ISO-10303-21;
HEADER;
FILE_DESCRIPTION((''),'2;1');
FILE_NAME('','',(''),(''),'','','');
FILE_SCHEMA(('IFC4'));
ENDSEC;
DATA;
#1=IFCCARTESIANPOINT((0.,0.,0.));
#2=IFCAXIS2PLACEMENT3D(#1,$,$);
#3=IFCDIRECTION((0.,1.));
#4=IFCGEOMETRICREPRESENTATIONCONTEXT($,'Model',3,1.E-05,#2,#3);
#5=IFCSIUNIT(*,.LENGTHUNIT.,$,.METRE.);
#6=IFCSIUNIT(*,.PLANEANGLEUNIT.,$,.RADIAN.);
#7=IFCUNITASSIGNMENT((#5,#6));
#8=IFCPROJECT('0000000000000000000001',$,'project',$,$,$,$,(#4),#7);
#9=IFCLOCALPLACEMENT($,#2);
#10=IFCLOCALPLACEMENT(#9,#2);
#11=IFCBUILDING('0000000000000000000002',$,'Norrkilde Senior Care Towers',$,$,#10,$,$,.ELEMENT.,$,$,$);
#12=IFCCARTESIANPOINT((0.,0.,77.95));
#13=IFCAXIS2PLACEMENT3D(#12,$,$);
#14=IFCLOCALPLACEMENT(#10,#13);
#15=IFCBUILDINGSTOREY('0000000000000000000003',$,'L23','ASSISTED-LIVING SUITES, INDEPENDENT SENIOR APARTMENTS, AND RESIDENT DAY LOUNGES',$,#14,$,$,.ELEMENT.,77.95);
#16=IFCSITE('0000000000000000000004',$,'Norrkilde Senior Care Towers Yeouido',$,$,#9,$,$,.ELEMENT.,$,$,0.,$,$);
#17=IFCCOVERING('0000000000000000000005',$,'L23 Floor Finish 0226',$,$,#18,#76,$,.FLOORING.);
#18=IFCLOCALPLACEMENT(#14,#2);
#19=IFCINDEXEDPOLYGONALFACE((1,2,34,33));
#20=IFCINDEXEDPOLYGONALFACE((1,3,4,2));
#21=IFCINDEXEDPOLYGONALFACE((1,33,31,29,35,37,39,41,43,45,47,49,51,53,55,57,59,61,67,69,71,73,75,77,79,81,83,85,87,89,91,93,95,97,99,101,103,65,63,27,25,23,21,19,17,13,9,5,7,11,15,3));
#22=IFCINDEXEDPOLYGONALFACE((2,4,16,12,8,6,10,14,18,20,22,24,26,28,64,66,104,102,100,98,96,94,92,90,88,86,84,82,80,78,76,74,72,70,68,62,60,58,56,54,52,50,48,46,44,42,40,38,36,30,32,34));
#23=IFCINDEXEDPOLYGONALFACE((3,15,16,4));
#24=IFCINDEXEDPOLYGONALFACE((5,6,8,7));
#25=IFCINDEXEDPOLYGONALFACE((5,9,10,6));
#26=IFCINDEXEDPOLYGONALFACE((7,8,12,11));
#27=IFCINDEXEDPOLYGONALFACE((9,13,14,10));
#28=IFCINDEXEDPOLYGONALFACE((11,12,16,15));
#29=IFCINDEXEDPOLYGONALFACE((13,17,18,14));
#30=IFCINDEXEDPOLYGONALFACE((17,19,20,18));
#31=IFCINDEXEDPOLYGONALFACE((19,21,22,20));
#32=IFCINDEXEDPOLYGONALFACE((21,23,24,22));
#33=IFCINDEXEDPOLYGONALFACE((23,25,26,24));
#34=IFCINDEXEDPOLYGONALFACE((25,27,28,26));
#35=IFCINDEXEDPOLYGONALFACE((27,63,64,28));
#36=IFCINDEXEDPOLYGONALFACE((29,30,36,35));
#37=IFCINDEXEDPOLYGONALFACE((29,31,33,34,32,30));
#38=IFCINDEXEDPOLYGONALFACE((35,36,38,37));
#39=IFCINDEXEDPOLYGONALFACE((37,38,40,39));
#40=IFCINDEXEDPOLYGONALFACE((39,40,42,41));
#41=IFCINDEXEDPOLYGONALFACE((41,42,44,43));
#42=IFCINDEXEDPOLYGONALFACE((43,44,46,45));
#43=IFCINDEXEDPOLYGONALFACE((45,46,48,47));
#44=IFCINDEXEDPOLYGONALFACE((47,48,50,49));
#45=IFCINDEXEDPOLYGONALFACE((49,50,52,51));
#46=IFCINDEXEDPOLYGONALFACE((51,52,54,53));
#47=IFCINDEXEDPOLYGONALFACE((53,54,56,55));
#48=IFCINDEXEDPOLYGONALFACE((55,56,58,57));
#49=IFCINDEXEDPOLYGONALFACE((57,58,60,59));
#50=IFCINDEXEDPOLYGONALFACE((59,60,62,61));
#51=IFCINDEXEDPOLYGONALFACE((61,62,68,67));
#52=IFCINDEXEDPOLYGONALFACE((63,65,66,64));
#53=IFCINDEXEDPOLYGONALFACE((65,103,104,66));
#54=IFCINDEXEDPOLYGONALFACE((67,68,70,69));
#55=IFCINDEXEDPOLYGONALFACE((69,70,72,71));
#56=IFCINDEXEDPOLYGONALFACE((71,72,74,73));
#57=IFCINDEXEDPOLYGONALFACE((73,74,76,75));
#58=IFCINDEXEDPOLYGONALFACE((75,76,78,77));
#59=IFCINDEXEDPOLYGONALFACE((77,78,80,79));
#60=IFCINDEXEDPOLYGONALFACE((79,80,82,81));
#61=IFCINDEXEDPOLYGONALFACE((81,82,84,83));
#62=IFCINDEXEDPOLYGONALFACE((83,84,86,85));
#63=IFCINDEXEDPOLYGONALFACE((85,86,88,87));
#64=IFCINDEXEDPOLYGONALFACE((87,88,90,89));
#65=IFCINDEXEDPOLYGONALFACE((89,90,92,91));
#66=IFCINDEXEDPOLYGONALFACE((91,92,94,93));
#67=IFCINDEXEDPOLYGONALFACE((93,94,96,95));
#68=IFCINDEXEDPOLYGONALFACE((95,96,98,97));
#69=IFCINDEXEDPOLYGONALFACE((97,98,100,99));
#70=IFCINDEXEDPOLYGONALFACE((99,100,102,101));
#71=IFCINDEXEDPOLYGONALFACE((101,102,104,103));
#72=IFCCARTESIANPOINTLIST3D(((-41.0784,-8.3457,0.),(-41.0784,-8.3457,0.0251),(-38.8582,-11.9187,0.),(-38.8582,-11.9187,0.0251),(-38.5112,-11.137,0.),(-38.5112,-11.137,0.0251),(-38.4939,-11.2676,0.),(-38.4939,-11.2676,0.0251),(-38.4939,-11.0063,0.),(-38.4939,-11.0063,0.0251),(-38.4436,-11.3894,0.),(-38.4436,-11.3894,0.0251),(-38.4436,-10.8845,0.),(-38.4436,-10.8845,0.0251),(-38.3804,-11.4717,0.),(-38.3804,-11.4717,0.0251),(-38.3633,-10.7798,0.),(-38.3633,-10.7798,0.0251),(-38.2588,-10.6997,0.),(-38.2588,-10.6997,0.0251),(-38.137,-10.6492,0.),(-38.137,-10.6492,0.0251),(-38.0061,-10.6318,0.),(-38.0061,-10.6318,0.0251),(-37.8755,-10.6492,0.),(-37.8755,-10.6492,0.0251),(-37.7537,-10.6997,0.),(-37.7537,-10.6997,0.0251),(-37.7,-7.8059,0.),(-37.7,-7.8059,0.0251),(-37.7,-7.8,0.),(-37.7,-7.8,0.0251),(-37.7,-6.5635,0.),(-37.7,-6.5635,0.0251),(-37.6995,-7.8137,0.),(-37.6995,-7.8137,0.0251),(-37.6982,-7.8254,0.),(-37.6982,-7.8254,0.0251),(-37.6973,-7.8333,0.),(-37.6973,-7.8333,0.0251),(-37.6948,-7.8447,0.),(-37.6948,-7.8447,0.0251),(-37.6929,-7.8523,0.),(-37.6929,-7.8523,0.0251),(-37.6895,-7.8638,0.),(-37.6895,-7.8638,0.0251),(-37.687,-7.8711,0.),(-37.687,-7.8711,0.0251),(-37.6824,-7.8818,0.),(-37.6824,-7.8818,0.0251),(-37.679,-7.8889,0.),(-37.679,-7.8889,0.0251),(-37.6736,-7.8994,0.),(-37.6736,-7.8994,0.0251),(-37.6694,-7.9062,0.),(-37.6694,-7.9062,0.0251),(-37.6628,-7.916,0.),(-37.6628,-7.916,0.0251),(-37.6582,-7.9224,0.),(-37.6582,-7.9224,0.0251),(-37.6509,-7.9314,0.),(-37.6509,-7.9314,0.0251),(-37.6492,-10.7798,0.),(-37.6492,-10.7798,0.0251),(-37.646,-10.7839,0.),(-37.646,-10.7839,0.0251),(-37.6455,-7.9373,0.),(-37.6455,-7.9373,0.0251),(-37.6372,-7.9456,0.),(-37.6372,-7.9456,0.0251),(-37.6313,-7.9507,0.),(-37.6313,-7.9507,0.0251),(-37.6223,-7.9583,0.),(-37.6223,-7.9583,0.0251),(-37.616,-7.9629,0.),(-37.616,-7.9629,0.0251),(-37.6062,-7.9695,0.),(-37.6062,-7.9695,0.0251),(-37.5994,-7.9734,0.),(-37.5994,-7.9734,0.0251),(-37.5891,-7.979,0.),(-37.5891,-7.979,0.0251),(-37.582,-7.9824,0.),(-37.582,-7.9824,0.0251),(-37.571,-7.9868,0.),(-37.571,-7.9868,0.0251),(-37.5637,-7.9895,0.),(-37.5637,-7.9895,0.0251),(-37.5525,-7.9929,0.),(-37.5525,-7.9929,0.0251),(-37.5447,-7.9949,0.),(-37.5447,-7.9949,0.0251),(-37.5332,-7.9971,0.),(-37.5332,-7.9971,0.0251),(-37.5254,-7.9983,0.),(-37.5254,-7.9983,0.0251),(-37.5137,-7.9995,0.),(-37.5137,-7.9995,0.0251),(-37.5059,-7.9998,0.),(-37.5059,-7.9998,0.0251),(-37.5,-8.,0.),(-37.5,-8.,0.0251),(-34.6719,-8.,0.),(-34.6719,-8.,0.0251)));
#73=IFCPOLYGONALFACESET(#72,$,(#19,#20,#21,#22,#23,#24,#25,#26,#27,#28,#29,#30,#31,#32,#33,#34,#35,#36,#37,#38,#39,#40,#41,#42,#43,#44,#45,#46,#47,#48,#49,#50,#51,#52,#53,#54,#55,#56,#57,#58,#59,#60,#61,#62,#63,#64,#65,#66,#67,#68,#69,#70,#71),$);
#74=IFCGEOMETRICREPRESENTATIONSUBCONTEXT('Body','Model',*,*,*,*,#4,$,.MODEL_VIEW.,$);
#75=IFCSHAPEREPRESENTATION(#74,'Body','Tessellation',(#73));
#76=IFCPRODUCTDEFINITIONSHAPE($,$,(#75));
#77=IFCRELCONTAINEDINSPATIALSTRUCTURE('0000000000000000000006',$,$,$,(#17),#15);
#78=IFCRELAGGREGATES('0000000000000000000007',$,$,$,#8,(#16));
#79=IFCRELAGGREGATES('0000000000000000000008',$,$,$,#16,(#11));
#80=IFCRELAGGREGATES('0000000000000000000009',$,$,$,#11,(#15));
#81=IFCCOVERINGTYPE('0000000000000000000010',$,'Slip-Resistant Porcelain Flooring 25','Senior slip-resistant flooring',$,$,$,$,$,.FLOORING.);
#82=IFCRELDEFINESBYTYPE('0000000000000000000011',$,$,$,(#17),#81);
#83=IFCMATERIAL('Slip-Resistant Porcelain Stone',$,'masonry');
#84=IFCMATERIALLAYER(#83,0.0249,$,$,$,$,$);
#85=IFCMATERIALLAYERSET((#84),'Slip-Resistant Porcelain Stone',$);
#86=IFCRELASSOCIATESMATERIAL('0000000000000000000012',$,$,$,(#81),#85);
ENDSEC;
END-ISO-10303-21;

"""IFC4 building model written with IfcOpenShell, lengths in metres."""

from ifc_helpers import new_model, si_unit, direction, frame, origin, place, context, subcontext, project, spatial, polyline, outline, extrude, material, layer, layer_set, type_object, element, save


model = new_model("IFC4")

# Units and contexts
model_context = context("Model", 3, precision=1e-05, world=origin(), true_north=direction((0.0, 1.0)))
body_context = subcontext(model_context, "Body", "Model", "MODEL_VIEW")
ifc_project = project(units=[si_unit("LENGTHUNIT", "METRE"), si_unit("PLANEANGLEUNIT", "RADIAN")], contexts=[model_context])

# Site, building, storey
site_placement = place(None, origin())
site = spatial("IfcSite", under=ifc_project, at=site_placement, Name="Norrkilde Senior Care Towers Yeouido", CompositionType="ELEMENT", RefElevation=0.0)
building_placement = place(site_placement, origin())
building = spatial("IfcBuilding", under=site, at=building_placement, Name="Norrkilde Senior Care Towers", CompositionType="ELEMENT")
storey_placement = place(building_placement, frame((0.0, 0.0, 77.95)))
storey = spatial("IfcBuildingStorey", under=building, at=storey_placement, Name="L23", Description="ASSISTED-LIVING SUITES, INDEPENDENT SENIOR APARTMENTS, AND RESIDENT DAY LOUNGES", CompositionType="ELEMENT", Elevation=77.95)

# Covering
ifc_material_1 = material(Name="Slip-Resistant Porcelain Stone", Category="masonry")
ifc_layer_1 = layer(ifc_material_1, 0.0249)
ifc_layer_set_1 = layer_set([ifc_layer_1], Name="Slip-Resistant Porcelain Stone")
covering_type_1 = type_object("IfcCoveringType", Name="Slip-Resistant Porcelain Flooring 25", Description="Senior slip-resistant flooring", PredefinedType="FLOORING", material=ifc_layer_set_1)
covering_1_placement = place(storey_placement, origin())
element("IfcCovering", 1, at=covering_1_placement, inside=storey, type_object=covering_type_1, Name="L23 Floor Finish 0226", PredefinedType="FLOORING", context=body_context, shape_type="SweptSolid", body=[
    extrude(outline(polyline([(-37.6982, -7.8254), (-37.6973, -7.8333), (-37.6948, -7.8447), (-37.6929, -7.8523), (-37.6895, -7.8638), (-37.687, -7.8711), (-37.6824, -7.8818), (-37.679, -7.8889), (-37.6736, -7.8994), (-37.6694, -7.9062), (-37.6628, -7.916), (-37.6582, -7.9224), (-37.6509, -7.9314), (-37.6455, -7.9373), (-37.6372, -7.9456), (-37.6313, -7.9507), (-37.6223, -7.9583), (-37.616, -7.9629), (-37.6062, -7.9695), (-37.5994, -7.9734), (-37.5891, -7.979), (-37.582, -7.9824), (-37.571, -7.9868), (-37.5637, -7.9895), (-37.5525, -7.9929), (-37.5447, -7.9949), (-37.5332, -7.9971), (-37.5254, -7.9983), (-37.5137, -7.9995), (-37.5059, -7.9998), (-37.5, -8.0), (-34.6719, -8.0), (-37.646, -10.7839), (-37.6492, -10.7798), (-37.7537, -10.6997), (-37.8755, -10.6492), (-38.0061, -10.6318), (-38.137, -10.6492), (-38.2588, -10.6997), (-38.3633, -10.7798), (-38.4436, -10.8845), (-38.4939, -11.0063), (-38.5112, -11.137), (-38.4939, -11.2676), (-38.4436, -11.3894), (-38.3804, -11.4717), (-38.8582, -11.9187), (-41.0784, -8.3457), (-37.7, -6.5635), (-37.7, -7.8), (-37.7, -7.8059), (-37.6995, -7.8137), (-37.6982, -7.8254)])), origin(), (0.0, 0.0, 1.0), 0.0251),
])

save(model, "model.ifc")
